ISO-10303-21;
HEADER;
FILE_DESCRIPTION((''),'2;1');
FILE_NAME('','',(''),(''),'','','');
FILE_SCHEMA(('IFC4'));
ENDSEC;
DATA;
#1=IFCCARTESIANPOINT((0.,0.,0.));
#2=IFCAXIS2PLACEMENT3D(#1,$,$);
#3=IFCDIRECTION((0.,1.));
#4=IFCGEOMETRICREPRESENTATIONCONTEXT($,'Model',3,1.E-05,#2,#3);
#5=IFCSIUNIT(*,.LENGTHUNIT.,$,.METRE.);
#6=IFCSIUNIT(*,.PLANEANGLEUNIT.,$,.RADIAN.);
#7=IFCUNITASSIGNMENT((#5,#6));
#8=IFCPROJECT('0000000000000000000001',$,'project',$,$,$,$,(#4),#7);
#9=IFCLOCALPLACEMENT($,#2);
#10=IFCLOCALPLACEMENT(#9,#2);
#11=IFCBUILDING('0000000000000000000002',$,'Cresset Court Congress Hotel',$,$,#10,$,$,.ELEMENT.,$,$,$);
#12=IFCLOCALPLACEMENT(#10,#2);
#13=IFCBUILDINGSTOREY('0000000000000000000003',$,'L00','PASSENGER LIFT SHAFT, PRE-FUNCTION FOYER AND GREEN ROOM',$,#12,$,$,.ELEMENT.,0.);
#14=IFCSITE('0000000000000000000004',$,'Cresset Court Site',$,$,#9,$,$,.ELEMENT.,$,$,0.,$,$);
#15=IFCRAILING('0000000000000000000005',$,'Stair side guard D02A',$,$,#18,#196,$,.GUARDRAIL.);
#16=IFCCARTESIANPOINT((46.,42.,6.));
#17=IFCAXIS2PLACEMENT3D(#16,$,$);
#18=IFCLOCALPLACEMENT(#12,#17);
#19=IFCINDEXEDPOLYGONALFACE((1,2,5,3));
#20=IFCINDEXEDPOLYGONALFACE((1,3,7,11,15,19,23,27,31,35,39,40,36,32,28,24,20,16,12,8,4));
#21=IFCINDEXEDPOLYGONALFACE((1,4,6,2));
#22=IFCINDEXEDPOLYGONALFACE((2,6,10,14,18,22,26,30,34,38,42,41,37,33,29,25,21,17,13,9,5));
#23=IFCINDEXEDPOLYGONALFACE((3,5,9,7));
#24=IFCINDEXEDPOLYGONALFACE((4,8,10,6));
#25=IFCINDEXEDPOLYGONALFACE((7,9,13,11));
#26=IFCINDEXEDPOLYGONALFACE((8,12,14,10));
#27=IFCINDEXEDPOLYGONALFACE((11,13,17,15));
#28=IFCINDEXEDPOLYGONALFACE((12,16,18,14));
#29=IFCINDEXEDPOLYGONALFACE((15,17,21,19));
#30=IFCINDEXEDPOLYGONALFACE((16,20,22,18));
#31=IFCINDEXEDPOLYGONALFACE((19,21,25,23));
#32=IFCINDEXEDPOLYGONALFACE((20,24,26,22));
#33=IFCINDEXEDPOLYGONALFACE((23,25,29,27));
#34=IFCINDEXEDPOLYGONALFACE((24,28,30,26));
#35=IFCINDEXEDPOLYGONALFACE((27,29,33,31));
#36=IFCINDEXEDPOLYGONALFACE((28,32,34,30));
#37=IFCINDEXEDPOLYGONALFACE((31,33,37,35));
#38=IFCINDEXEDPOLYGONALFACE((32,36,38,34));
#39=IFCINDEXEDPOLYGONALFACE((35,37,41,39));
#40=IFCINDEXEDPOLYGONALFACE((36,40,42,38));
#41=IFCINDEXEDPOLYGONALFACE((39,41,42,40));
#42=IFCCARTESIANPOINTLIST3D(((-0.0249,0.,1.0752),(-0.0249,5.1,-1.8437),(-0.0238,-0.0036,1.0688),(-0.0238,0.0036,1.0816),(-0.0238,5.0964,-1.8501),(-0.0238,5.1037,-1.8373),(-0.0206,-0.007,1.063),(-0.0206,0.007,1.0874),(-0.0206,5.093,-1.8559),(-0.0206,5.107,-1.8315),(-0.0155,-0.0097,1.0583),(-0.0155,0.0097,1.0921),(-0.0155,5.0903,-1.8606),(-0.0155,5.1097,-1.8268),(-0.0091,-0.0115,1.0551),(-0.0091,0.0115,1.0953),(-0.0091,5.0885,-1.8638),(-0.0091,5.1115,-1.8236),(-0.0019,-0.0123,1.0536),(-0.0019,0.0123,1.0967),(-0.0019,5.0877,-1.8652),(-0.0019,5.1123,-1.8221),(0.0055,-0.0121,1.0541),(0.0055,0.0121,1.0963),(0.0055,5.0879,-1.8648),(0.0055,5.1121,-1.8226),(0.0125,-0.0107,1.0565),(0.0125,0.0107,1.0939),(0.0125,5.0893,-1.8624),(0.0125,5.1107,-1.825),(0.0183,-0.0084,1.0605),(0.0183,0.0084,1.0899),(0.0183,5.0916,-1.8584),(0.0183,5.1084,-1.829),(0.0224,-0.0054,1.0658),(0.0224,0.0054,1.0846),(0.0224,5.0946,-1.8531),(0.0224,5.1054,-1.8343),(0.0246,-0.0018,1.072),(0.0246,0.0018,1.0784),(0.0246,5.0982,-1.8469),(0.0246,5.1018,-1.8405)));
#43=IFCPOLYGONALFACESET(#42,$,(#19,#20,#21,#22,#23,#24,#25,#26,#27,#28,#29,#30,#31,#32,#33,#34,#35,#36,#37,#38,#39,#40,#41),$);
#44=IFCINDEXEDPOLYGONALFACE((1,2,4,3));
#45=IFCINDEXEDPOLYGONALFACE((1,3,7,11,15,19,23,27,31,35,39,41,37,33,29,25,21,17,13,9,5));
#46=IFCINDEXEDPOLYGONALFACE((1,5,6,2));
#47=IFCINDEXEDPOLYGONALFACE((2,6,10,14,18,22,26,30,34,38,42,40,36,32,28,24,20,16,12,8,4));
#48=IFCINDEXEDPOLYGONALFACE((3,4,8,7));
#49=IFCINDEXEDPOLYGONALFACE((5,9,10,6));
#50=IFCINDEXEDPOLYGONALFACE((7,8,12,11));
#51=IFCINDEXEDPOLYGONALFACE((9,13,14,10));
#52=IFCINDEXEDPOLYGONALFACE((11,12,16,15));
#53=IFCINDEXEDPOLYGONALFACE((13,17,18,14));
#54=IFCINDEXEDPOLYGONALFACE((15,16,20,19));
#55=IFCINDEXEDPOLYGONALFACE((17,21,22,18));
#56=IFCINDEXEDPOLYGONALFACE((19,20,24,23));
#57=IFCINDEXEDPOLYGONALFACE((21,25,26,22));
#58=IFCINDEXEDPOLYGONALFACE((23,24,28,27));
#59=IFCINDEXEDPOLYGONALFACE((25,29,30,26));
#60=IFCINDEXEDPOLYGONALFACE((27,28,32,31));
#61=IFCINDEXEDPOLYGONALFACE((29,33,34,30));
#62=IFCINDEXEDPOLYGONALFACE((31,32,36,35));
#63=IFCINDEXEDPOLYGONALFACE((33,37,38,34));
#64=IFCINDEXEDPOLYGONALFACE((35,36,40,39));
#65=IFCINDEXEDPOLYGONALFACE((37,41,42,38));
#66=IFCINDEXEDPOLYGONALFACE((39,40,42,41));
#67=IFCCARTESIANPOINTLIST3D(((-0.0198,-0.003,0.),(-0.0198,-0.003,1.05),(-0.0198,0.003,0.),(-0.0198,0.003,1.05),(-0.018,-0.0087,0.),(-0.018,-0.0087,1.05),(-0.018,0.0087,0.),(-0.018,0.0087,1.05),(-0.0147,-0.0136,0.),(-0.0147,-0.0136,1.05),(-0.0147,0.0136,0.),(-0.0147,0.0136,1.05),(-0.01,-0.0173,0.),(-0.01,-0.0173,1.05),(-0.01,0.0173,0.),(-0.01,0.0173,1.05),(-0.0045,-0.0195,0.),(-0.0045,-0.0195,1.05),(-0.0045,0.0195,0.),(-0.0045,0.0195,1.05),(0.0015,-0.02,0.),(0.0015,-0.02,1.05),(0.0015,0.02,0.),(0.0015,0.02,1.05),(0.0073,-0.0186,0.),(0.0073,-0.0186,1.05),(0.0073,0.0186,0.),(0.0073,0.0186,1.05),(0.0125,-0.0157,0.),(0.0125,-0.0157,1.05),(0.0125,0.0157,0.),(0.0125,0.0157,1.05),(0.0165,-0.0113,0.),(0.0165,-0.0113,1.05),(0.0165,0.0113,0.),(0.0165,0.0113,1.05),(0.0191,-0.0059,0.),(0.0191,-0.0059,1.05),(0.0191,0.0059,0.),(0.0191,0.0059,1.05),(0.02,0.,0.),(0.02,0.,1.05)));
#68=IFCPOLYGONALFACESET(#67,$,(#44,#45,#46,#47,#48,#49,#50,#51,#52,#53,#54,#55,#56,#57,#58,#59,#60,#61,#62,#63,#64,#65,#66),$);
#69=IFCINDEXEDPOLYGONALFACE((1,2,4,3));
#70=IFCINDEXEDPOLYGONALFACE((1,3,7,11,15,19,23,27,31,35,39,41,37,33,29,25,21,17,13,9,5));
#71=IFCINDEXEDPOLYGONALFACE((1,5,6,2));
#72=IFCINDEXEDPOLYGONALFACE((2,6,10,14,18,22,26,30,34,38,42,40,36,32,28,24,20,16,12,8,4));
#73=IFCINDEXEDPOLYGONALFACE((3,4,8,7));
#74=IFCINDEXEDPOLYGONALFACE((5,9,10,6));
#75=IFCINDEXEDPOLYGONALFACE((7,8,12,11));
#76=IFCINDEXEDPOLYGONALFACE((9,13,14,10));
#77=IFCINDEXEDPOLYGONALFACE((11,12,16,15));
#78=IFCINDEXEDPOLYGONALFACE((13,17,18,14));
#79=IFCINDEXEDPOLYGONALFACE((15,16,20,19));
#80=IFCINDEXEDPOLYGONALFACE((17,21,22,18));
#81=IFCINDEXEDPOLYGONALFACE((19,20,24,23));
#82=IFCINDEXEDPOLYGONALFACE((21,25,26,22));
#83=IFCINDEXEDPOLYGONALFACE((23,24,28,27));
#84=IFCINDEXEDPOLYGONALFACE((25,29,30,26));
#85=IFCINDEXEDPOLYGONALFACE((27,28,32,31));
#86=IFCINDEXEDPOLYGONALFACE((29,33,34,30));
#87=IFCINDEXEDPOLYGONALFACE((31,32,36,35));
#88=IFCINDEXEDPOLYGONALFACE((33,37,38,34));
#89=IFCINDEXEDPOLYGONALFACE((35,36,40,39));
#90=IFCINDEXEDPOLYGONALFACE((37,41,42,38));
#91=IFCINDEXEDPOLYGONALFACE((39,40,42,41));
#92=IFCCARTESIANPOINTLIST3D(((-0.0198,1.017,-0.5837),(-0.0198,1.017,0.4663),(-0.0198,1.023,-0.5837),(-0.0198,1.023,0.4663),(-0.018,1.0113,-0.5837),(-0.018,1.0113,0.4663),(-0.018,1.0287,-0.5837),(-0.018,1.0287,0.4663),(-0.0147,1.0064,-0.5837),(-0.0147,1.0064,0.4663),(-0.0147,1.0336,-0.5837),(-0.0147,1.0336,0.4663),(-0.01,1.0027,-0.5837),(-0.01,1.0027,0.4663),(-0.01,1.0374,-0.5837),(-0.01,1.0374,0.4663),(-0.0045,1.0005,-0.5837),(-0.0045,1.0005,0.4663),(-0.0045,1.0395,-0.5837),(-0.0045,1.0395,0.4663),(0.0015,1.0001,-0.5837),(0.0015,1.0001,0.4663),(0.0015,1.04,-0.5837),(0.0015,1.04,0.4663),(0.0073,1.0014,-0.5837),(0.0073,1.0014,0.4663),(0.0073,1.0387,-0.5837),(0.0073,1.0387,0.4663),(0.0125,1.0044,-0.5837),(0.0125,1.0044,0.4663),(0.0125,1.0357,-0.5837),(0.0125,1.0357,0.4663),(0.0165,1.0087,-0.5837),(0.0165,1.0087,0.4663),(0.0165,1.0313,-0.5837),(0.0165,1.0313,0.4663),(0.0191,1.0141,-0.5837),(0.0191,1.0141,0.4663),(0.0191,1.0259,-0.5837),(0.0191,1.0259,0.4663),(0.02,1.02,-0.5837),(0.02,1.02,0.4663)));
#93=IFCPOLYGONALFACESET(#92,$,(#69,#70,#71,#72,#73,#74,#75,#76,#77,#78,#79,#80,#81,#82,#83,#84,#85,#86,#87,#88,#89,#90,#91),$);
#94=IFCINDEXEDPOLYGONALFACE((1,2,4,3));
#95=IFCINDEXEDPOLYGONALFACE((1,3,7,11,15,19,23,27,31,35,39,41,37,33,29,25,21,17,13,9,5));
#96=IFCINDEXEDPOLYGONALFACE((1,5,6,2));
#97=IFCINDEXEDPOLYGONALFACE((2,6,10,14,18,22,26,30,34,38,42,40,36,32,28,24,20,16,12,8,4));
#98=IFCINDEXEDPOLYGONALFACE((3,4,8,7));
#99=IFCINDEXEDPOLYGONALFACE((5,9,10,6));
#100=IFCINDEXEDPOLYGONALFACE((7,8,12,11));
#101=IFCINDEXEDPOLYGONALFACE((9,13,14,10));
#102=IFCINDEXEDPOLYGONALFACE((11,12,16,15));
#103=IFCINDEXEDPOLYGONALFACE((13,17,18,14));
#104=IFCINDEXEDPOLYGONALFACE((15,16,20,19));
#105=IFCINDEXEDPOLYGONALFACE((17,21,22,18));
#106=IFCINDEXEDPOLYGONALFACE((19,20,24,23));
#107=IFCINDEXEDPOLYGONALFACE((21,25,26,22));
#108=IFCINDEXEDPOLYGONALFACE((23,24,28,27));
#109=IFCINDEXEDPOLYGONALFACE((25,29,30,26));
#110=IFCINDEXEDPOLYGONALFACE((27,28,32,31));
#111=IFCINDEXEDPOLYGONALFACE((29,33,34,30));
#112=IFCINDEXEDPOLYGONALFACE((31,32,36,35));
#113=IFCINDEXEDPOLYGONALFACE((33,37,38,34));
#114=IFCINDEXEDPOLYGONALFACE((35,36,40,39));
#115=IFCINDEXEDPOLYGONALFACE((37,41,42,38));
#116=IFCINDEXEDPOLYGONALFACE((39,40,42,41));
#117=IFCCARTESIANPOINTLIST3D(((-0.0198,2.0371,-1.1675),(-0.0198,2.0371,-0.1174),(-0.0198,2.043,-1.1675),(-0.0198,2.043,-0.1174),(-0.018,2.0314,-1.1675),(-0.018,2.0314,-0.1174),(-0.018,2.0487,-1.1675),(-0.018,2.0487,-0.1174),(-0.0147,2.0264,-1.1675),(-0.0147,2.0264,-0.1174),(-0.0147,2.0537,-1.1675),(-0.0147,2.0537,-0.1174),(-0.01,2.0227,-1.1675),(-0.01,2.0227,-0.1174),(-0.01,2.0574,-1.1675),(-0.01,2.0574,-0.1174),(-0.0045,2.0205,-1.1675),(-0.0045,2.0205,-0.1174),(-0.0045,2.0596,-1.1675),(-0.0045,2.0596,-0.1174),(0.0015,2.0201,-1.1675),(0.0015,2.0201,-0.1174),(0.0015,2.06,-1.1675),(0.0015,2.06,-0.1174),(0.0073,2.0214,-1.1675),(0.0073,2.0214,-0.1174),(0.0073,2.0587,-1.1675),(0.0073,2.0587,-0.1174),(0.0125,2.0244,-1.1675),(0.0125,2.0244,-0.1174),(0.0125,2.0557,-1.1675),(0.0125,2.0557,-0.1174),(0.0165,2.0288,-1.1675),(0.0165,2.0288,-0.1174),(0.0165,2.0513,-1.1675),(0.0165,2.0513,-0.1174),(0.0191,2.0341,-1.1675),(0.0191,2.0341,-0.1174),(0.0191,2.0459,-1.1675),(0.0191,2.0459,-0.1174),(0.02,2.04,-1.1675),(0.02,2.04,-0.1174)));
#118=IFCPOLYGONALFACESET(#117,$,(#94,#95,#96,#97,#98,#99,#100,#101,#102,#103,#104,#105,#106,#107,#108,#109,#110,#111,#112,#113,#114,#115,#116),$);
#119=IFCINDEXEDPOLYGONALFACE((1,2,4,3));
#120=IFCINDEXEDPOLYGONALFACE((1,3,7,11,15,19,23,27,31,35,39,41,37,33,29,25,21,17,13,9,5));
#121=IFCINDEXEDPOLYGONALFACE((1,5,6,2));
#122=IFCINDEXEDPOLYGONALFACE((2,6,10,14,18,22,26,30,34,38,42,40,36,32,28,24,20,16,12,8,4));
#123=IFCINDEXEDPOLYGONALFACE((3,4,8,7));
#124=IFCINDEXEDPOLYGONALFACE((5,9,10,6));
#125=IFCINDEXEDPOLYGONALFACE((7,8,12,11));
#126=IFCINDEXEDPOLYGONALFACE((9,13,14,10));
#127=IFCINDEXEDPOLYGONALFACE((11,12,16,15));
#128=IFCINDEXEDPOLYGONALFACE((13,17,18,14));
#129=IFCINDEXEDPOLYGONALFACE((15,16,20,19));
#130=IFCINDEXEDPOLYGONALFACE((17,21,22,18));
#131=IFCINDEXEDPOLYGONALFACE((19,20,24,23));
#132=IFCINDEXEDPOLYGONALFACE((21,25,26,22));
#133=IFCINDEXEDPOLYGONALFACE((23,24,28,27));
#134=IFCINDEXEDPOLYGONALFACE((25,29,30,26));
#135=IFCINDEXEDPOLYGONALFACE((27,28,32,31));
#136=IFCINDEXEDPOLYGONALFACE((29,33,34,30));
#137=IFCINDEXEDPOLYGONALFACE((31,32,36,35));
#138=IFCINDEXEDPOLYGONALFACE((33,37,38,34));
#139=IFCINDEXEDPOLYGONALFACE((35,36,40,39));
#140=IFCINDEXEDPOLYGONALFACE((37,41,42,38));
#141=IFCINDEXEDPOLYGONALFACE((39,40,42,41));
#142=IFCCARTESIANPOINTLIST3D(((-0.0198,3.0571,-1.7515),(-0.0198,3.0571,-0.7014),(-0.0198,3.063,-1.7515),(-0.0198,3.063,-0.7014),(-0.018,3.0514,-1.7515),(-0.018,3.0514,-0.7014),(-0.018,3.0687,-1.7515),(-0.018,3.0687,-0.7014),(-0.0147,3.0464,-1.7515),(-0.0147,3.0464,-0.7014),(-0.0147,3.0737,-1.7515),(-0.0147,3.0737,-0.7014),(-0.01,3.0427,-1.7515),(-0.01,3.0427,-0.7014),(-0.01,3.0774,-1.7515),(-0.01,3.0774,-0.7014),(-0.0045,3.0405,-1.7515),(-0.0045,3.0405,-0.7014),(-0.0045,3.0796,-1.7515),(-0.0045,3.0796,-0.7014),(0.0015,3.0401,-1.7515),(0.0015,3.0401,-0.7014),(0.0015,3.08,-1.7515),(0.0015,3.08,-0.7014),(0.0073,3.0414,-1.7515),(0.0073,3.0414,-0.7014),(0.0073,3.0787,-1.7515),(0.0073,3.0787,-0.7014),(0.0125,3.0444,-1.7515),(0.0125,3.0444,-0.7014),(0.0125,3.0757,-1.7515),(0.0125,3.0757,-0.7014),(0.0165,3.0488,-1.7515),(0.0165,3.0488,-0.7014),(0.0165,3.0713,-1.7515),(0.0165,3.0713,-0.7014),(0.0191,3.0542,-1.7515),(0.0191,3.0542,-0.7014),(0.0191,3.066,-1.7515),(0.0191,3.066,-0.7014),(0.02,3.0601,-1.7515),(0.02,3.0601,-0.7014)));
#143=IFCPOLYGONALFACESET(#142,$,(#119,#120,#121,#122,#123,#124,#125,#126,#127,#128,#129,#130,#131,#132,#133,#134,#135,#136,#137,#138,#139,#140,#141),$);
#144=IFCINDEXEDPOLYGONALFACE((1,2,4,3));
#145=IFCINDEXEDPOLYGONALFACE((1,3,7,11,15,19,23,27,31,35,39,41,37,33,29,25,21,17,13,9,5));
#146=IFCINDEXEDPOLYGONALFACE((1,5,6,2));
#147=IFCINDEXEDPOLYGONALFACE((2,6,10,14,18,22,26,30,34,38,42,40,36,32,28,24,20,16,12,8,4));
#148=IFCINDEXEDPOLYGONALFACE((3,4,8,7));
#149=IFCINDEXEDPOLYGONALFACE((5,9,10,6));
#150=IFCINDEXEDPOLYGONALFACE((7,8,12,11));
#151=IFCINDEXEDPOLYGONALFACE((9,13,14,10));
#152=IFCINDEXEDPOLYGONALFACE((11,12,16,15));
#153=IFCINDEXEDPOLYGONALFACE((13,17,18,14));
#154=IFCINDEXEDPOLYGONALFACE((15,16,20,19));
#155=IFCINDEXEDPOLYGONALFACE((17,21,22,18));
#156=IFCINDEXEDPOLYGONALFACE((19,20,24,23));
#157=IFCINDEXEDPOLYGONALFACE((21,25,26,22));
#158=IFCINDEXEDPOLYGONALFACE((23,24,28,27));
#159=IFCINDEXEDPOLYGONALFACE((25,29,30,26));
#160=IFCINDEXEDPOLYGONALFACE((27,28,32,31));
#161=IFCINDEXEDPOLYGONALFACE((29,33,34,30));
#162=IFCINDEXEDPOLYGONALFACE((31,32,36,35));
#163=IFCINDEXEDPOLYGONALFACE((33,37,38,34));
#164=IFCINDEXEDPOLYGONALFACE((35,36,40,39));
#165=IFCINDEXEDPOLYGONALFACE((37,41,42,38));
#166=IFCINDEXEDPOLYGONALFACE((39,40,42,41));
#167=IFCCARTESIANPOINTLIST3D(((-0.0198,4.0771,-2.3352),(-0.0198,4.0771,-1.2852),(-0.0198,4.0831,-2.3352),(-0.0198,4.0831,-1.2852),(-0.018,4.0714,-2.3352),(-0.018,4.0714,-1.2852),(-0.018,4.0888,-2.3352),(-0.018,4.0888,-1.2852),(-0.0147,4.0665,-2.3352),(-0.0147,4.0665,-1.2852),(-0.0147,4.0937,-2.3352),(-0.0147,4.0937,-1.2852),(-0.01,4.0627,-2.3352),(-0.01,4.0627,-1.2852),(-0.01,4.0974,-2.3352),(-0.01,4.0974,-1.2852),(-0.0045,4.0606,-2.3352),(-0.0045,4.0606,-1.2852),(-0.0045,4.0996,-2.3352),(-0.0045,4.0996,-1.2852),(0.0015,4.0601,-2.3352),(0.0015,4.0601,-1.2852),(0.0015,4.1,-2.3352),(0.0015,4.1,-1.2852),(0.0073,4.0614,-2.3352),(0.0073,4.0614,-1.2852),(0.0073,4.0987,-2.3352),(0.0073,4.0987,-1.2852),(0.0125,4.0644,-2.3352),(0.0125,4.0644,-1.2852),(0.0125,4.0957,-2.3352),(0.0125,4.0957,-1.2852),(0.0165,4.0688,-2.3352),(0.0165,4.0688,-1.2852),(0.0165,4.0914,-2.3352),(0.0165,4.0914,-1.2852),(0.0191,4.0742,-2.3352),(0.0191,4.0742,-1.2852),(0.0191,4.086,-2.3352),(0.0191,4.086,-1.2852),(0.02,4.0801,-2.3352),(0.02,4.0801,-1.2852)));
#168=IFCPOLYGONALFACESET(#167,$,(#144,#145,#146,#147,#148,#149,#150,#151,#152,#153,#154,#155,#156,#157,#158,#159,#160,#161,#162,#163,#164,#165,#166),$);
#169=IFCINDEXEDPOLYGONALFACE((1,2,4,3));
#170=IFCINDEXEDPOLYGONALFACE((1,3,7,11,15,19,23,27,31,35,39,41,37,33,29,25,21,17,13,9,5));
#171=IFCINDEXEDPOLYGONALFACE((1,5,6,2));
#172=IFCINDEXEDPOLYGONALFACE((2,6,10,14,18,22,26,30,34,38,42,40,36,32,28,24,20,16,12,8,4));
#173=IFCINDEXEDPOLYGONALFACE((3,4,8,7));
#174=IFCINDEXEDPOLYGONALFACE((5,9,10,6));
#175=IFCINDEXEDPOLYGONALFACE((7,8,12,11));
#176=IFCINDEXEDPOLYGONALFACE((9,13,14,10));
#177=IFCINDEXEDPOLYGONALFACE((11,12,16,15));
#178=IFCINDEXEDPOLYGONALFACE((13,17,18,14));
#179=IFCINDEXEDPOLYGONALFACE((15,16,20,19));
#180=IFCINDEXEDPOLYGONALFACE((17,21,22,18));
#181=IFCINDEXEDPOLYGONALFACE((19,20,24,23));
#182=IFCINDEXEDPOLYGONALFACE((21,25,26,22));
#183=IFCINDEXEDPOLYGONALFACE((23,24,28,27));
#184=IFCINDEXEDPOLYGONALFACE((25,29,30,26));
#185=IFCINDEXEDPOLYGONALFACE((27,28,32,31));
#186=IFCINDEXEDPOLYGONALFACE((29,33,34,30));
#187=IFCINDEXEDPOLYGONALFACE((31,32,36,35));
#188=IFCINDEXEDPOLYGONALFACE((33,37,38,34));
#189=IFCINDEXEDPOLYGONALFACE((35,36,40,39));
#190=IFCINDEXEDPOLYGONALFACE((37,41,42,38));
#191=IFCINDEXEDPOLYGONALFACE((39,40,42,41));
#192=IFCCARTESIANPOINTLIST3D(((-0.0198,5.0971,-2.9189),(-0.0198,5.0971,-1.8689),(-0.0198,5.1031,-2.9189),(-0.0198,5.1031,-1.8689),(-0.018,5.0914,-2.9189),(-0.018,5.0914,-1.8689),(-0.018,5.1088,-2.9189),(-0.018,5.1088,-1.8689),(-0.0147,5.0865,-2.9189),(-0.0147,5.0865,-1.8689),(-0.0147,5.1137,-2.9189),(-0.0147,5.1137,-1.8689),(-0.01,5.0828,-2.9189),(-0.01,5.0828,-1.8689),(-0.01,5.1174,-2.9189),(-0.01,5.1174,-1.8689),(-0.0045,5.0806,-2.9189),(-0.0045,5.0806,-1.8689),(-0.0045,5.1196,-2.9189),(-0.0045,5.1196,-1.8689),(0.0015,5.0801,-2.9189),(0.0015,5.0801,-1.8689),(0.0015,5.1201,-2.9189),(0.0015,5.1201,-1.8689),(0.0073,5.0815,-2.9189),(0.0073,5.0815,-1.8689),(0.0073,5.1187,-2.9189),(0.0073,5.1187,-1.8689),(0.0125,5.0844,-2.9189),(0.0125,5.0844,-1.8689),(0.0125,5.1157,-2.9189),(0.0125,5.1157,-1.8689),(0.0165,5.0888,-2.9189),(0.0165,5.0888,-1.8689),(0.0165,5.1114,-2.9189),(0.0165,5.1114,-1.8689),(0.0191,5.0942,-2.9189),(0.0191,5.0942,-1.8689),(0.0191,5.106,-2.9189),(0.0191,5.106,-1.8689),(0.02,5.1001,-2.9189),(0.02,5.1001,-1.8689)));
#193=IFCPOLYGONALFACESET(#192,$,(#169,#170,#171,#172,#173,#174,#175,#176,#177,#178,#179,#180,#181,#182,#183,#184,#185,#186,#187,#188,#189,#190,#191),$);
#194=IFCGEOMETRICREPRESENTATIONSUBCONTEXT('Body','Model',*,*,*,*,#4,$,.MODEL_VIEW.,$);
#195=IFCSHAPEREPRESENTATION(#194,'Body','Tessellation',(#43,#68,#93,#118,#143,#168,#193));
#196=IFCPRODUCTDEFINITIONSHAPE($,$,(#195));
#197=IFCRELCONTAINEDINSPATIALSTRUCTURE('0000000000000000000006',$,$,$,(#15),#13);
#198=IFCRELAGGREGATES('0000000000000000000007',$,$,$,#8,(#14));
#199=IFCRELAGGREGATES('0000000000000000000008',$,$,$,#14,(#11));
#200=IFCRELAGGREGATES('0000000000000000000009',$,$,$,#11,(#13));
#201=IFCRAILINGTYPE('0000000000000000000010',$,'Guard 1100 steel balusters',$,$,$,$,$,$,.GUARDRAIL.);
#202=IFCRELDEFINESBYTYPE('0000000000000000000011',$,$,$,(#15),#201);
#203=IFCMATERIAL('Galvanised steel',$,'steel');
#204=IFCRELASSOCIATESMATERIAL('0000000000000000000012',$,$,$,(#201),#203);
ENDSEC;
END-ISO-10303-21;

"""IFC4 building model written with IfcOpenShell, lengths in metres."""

from ifc_helpers import new_model, si_unit, direction, frame, origin, origin_2d, place, context, subcontext, project, spatial, circle, extrude, material, type_object, element, save


model = new_model("IFC4")

# Units and contexts
model_context = context("Model", 3, precision=1e-05, world=origin(), true_north=direction((0.0, 1.0)))
body_context = subcontext(model_context, "Body", "Model", "MODEL_VIEW")
ifc_project = project(units=[si_unit("LENGTHUNIT", "METRE"), si_unit("PLANEANGLEUNIT", "RADIAN")], contexts=[model_context])

# Site, building, storey
site_placement = place(None, origin())
site = spatial("IfcSite", under=ifc_project, at=site_placement, Name="Cresset Court Site", CompositionType="ELEMENT", RefElevation=0.0)
building_placement = place(site_placement, origin())
building = spatial("IfcBuilding", under=site, at=building_placement, Name="Cresset Court Congress Hotel", CompositionType="ELEMENT")
storey_placement = place(building_placement, origin())
storey = spatial("IfcBuildingStorey", under=building, at=storey_placement, Name="L00", Description="PASSENGER LIFT SHAFT, PRE-FUNCTION FOYER AND GREEN ROOM", CompositionType="ELEMENT", Elevation=0.0)

# Railing
ifc_material_1 = material(Name="Galvanised steel", Category="steel")
railing_type_1 = type_object("IfcRailingType", Name="Guard 1100 steel balusters", PredefinedType="GUARDRAIL", material=ifc_material_1)
railing_1_placement = place(storey_placement, frame((46.0, 42.0, 6.0)))
element("IfcRailing", 1, at=railing_1_placement, inside=storey, type_object=railing_type_1, Name="Stair side guard D02A", PredefinedType="GUARDRAIL", context=body_context, shape_type="SweptSolid", body=[
    extrude(circle(Radius=0.0249, at=origin_2d()), frame((0.0, 0.0, 1.0752), z_axis=(0.0, 0.867905, -0.496729), x_axis=(-1.0, 0.0, 0.0)), (0.0, 0.0, 1.0), 5.8762),
    extrude(circle(Radius=0.02, at=origin_2d()), origin(), (0.0, 0.0, 1.0), 1.05),
    extrude(circle(Radius=0.02, at=origin_2d()), frame((0.0, 1.02, -0.5837)), (0.0, 0.0, 1.0), 1.05),
    extrude(circle(Radius=0.02, at=origin_2d()), frame((0.0, 2.04, -1.1675)), (0.0, 0.0, 1.0), 1.05),
    extrude(circle(Radius=0.02, at=origin_2d()), frame((0.0, 3.0601, -1.7515)), (0.0, 0.0, 1.0), 1.05),
    extrude(circle(Radius=0.02, at=origin_2d()), frame((0.0, 4.0801, -2.3352)), (0.0, 0.0, 1.0), 1.05),
    extrude(circle(Radius=0.02, at=origin_2d()), frame((0.0, 5.1001, -2.9189)), (0.0, 0.0, 1.0), 1.05),
])

save(model, "model.ifc")
